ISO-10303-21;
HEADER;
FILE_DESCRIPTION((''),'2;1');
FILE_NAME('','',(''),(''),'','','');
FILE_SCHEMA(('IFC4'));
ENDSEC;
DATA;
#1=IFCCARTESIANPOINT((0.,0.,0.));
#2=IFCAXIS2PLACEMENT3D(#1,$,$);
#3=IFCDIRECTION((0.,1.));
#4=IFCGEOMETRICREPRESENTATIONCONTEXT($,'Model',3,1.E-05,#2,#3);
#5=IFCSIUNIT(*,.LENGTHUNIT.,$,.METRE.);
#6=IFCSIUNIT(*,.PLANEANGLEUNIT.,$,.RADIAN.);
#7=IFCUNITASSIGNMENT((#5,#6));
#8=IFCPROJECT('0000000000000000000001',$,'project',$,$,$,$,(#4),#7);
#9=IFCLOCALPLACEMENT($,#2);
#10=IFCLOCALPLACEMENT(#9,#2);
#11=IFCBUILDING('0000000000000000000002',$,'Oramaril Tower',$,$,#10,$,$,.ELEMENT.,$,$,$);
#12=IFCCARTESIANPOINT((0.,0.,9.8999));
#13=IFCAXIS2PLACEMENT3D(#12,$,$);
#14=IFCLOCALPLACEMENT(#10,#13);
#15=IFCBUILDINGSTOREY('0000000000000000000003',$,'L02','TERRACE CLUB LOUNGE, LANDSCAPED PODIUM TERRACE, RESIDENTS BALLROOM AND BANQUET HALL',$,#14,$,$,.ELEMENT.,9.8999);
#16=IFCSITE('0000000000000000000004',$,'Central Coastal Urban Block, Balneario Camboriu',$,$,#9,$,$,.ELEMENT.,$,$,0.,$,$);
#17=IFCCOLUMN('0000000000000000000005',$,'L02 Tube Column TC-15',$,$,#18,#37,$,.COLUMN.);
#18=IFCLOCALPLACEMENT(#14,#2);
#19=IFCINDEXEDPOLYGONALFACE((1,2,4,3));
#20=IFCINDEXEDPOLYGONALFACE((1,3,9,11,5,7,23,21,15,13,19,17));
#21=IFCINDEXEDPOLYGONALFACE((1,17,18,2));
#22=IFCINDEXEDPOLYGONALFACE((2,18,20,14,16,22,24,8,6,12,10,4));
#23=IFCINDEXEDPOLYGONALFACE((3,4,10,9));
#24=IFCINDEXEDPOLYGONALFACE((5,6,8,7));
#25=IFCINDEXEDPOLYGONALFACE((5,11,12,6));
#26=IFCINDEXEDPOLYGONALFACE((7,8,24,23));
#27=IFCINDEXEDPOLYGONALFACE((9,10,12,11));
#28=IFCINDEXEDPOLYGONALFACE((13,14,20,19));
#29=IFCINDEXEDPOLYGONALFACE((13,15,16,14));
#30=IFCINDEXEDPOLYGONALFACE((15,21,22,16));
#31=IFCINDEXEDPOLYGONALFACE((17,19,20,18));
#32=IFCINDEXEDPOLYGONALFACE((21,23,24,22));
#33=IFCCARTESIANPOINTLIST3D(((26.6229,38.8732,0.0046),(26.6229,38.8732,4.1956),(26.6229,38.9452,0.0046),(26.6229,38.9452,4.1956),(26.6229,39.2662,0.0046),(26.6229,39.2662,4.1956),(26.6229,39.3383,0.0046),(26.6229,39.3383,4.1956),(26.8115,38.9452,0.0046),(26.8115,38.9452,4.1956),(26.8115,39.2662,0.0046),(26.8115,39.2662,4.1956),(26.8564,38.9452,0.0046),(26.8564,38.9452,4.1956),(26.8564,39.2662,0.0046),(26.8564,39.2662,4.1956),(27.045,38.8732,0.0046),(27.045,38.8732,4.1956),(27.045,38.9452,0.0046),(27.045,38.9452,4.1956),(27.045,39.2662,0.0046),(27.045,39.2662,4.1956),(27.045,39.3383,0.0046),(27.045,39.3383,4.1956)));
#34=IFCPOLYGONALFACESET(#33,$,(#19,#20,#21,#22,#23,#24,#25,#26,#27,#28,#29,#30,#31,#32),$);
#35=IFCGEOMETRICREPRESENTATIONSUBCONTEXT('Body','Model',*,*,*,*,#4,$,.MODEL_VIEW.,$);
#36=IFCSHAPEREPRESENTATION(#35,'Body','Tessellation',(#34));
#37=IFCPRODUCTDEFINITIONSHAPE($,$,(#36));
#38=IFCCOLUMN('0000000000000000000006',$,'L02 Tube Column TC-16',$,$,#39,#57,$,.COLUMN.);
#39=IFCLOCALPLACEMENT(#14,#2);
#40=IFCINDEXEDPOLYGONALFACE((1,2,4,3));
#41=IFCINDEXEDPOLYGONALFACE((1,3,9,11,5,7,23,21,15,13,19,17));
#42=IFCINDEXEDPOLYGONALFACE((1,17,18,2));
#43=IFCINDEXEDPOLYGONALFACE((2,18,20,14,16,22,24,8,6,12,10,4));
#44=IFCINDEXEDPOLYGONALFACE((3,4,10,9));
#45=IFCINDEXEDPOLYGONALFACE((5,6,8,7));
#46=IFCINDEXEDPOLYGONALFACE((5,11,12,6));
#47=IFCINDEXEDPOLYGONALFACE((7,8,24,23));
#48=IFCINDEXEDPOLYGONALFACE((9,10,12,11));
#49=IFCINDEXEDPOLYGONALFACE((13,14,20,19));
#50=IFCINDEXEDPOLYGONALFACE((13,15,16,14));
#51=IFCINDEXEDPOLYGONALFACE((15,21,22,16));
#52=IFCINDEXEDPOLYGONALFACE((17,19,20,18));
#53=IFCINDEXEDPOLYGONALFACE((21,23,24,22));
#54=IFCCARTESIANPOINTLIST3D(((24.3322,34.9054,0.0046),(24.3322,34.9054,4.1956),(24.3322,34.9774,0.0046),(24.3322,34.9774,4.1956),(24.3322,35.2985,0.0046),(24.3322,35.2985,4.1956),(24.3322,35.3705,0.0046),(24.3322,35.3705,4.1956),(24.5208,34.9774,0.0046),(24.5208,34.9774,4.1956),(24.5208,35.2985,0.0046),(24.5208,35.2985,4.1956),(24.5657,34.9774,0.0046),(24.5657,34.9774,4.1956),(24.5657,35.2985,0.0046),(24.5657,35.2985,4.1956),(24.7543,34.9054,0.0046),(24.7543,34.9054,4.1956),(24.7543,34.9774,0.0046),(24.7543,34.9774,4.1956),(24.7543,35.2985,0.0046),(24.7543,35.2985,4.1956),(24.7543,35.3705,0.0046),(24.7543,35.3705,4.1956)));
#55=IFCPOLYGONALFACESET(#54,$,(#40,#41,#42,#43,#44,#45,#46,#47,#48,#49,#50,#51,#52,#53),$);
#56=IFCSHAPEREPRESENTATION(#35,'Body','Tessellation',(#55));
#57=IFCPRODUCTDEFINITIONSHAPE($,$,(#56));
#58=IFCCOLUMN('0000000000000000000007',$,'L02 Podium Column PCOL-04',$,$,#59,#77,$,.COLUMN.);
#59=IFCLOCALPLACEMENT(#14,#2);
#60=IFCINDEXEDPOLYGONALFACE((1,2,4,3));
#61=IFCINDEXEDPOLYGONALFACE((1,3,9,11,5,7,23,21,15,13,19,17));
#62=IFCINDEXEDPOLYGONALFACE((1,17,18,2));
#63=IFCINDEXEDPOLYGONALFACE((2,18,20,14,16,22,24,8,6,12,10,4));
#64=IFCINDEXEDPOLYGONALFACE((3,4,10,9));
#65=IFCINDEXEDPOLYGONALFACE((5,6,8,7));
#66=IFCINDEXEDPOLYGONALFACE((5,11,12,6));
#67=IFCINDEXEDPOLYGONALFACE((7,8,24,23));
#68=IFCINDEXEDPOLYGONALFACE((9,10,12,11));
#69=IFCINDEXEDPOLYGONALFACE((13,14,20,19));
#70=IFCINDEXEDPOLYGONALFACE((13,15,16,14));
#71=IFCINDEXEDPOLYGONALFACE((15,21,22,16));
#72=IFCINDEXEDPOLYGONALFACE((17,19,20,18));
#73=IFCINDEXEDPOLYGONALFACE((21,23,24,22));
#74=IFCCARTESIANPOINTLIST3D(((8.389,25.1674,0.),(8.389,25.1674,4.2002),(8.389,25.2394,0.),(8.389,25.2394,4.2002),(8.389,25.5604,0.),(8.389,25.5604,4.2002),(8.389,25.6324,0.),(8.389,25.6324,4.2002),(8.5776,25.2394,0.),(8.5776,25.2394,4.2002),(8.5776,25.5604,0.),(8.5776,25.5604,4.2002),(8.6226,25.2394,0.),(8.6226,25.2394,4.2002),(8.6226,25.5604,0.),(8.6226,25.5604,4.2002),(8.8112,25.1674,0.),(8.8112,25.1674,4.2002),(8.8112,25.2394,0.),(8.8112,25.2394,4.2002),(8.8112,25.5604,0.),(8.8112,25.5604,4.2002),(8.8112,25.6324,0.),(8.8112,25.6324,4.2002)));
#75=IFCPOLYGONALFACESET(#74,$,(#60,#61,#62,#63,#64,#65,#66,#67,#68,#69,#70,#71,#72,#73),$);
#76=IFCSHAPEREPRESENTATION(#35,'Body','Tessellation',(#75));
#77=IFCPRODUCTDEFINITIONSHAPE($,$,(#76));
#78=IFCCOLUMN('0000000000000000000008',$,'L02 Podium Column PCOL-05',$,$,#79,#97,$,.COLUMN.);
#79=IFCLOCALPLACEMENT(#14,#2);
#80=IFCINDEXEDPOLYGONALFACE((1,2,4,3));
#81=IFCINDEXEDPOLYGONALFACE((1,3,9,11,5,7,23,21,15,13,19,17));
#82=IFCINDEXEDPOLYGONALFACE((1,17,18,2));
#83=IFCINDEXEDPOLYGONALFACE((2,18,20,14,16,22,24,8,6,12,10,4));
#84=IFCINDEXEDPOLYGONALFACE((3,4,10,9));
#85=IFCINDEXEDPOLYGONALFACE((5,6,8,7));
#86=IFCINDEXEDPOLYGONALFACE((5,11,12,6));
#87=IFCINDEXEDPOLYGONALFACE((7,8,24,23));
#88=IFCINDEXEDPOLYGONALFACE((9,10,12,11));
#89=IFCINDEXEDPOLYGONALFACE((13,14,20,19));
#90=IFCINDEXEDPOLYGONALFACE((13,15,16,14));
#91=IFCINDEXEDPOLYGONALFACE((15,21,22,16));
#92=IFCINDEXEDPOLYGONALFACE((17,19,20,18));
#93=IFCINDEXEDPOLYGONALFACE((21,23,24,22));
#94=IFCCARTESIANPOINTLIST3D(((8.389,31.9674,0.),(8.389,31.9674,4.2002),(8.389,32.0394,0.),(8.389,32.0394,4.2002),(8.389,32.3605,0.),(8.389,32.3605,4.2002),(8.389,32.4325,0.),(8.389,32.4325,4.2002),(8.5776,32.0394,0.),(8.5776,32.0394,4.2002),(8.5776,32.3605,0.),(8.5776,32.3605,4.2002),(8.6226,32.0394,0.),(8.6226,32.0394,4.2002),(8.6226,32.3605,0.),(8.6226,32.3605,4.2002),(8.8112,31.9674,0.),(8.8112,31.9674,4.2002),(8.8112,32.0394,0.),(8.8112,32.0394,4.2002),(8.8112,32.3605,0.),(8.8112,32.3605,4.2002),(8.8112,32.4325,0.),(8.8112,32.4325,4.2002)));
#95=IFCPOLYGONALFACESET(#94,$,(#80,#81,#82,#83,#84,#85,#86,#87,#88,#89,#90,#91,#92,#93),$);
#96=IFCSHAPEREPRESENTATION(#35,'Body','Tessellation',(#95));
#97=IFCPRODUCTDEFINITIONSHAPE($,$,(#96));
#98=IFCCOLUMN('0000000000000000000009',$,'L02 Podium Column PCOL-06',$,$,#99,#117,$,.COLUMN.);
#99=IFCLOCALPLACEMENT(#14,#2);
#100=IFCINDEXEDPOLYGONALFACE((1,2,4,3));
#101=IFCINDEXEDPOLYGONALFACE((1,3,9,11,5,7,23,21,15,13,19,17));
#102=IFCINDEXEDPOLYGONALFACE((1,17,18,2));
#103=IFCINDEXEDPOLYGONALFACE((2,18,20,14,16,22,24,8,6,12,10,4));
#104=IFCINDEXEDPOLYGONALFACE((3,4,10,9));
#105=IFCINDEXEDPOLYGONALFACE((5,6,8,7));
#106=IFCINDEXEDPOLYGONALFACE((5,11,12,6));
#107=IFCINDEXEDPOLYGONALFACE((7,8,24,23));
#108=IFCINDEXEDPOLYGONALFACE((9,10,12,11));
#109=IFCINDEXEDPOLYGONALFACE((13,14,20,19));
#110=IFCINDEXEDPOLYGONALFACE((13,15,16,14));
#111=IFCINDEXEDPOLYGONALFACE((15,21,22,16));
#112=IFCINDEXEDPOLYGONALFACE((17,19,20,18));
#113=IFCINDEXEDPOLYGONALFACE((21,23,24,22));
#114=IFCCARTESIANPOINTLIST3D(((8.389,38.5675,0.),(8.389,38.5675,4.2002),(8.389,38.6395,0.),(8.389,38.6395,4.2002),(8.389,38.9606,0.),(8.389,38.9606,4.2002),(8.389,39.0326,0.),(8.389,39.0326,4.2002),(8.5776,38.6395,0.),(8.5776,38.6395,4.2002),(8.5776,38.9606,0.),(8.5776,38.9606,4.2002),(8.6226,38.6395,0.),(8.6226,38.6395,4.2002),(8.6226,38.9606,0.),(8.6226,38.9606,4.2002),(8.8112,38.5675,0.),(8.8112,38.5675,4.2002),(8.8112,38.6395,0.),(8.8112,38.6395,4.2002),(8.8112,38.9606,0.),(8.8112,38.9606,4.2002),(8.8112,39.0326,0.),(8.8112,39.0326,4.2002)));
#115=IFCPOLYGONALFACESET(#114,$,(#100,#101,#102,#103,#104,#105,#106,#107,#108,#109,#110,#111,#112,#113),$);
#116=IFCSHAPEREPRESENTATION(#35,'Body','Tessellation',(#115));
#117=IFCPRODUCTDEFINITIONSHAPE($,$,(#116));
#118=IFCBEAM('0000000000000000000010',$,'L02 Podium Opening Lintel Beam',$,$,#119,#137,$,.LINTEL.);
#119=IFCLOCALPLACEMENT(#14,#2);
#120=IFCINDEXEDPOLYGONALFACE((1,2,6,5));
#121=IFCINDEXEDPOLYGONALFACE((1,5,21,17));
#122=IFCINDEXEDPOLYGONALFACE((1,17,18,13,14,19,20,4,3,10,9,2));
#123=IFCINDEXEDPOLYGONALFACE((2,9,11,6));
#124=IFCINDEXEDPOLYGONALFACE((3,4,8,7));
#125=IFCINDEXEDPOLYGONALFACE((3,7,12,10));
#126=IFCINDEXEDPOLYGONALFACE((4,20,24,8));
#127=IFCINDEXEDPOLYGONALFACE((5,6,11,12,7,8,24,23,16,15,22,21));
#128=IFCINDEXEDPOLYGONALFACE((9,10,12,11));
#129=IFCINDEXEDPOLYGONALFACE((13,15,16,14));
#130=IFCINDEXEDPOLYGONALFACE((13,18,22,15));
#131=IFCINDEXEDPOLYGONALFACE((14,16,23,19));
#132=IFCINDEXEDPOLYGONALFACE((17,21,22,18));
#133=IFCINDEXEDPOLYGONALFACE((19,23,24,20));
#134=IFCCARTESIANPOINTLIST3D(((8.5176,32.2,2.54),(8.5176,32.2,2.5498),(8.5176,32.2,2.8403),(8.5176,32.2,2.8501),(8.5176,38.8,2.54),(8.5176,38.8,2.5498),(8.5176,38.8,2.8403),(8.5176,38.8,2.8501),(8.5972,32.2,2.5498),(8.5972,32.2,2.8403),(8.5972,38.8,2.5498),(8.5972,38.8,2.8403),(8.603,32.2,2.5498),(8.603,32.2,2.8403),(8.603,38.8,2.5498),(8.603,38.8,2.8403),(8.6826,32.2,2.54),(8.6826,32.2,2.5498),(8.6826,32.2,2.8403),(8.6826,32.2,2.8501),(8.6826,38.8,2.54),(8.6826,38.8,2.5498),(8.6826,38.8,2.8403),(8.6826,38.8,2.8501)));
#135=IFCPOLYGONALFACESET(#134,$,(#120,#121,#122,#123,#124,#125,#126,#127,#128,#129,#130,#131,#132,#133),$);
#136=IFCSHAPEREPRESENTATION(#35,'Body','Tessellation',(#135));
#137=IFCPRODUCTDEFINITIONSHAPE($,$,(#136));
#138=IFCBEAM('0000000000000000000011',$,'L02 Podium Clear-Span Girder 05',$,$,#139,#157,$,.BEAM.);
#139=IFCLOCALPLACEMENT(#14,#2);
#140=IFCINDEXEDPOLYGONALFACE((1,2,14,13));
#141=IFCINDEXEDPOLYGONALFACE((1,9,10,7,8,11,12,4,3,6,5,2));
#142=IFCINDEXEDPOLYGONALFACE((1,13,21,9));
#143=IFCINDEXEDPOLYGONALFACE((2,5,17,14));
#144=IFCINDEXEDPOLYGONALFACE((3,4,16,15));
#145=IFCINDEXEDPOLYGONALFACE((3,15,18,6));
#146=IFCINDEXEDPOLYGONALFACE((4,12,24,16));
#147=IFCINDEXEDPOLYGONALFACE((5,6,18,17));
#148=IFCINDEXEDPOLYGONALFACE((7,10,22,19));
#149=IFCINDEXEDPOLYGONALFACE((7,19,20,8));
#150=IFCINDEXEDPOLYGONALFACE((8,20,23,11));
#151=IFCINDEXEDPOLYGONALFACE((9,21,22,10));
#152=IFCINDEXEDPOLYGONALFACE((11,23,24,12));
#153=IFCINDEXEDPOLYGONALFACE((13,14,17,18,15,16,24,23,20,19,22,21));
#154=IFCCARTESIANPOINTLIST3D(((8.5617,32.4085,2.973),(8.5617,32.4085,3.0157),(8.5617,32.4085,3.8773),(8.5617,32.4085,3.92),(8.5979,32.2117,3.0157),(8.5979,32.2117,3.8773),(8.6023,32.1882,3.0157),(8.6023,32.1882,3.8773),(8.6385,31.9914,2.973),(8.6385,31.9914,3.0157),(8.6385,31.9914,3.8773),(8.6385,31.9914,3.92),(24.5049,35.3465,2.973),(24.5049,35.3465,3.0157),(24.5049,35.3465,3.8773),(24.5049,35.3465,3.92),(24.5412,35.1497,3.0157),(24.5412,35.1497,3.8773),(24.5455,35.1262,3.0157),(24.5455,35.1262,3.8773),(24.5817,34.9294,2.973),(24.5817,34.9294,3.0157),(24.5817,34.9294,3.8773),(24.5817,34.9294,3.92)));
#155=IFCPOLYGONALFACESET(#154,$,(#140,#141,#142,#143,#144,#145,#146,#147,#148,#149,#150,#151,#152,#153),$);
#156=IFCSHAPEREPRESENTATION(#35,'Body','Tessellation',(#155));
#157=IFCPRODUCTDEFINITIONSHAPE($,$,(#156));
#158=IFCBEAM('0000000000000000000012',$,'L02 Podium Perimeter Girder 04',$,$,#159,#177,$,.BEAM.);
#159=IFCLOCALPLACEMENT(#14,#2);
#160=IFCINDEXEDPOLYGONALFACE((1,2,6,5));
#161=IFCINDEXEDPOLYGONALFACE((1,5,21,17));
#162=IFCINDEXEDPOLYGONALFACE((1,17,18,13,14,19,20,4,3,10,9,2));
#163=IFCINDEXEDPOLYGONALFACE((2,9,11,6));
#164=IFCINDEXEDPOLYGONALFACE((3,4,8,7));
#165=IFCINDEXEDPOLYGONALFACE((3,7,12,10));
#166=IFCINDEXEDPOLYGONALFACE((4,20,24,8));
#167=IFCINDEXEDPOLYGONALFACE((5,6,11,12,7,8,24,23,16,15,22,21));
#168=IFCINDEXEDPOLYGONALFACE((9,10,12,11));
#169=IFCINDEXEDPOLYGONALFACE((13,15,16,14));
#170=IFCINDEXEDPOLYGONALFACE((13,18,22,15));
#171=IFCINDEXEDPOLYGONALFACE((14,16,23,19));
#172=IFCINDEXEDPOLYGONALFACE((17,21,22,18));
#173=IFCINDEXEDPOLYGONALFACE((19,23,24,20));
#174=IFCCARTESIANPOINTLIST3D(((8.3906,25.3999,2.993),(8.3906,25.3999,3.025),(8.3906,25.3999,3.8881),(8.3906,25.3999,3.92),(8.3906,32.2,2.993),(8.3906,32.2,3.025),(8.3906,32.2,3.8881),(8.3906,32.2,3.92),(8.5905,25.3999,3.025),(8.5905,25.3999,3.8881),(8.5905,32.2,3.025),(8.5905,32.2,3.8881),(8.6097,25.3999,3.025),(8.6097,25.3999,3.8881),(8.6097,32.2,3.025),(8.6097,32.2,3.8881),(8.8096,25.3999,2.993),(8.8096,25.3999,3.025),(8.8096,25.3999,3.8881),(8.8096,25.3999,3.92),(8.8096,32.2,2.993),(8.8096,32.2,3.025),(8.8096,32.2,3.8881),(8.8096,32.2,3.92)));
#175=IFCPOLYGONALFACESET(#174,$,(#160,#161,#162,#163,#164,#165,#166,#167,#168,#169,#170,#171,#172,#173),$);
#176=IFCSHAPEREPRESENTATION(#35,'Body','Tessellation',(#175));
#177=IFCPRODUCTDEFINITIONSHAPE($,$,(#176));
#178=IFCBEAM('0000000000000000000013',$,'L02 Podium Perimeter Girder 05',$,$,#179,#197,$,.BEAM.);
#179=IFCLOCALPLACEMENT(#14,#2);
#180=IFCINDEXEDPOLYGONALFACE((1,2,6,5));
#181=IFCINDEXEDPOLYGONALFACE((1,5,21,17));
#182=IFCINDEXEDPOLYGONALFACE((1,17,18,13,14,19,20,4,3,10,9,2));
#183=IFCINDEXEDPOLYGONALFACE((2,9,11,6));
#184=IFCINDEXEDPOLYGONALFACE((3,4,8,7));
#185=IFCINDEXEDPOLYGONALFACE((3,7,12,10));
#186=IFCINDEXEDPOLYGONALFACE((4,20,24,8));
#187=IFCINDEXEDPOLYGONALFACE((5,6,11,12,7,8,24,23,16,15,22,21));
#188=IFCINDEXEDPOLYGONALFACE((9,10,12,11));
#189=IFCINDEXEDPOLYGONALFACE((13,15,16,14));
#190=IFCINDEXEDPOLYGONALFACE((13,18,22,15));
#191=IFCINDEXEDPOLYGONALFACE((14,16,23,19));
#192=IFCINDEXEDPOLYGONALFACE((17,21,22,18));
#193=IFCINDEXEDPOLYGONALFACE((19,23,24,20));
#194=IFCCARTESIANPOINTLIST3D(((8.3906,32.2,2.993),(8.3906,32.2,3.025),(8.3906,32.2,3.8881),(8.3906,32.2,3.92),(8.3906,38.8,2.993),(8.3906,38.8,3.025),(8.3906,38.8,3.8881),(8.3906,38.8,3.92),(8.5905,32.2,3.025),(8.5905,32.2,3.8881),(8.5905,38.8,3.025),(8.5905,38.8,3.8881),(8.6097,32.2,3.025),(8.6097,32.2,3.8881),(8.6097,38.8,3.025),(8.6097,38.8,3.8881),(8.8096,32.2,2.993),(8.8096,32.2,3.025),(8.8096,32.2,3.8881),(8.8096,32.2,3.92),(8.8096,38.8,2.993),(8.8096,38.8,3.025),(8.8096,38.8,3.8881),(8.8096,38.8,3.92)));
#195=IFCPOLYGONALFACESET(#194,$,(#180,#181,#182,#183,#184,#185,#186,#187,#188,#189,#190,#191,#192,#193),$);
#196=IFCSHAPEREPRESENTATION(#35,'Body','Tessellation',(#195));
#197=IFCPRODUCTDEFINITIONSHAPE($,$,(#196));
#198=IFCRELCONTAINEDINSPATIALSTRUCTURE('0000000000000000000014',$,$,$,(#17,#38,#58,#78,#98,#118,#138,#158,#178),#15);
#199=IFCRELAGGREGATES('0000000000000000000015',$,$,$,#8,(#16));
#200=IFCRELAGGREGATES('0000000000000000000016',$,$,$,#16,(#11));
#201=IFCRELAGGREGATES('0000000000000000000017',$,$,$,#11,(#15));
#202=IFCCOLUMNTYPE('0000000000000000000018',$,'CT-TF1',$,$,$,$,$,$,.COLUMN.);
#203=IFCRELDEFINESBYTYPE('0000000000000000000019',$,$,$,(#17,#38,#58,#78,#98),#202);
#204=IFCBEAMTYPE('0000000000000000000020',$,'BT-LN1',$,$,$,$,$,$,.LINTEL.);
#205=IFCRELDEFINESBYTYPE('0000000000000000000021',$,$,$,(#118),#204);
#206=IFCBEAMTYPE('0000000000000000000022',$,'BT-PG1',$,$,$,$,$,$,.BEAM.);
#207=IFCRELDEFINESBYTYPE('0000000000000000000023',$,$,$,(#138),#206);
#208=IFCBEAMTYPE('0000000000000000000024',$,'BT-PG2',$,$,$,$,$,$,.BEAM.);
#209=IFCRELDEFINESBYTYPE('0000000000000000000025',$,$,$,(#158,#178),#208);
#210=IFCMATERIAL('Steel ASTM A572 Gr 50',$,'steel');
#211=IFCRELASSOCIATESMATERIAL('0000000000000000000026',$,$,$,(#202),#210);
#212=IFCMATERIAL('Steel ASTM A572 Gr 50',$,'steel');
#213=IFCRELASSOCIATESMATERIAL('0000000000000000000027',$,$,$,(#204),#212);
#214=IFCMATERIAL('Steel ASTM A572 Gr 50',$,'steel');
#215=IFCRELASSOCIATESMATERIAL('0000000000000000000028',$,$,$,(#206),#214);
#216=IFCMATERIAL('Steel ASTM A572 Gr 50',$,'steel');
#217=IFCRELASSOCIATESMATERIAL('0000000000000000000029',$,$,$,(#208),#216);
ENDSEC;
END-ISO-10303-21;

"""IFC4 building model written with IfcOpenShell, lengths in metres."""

from ifc_helpers import new_model, si_unit, direction, frame, origin, origin_2d, place, context, subcontext, project, spatial, i_section, extrude, material, material_profile, profile_set, type_object, element, save


model = new_model("IFC4")

# Units and contexts
model_context = context("Model", 3, precision=1e-05, world=origin(), true_north=direction((0.0, 1.0)))
body_context = subcontext(model_context, "Body", "Model", "MODEL_VIEW")
ifc_project = project(units=[si_unit("LENGTHUNIT", "METRE"), si_unit("PLANEANGLEUNIT", "RADIAN")], contexts=[model_context])

# Site, building, storey
site_placement = place(None, origin())
site = spatial("IfcSite", under=ifc_project, at=site_placement, Name="Central Coastal Urban Block, Balneario Camboriu", CompositionType="ELEMENT", RefElevation=0.0)
building_placement = place(site_placement, origin())
building = spatial("IfcBuilding", under=site, at=building_placement, Name="Oramaril Tower", CompositionType="ELEMENT")
storey_placement = place(building_placement, frame((0.0, 0.0, 9.8999)))
storey = spatial("IfcBuildingStorey", under=building, at=storey_placement, Name="L02", Description="TERRACE CLUB LOUNGE, LANDSCAPED PODIUM TERRACE, RESIDENTS BALLROOM AND BANQUET HALL", CompositionType="ELEMENT", Elevation=9.8999)

# Columns
ifc_material_1 = material(Name="Steel ASTM A572 Gr 50", Category="steel")
ifc_material_profile_1 = material_profile(ifc_material_1, i_section(OverallWidth=0.4221, OverallDepth=0.4651, WebThickness=0.0449, FlangeThickness=0.072, at=origin_2d()), Name="W14X398")
ifc_profile_set_1 = profile_set([ifc_material_profile_1], Name="Steel ASTM A572 Gr 50")
column_type = type_object("IfcColumnType", Name="CT-TF1", PredefinedType="COLUMN", material=ifc_profile_set_1)
for number, where, z_axis, x_axis, name in (
    (1, (26.834, 39.1057, 0.0046), (0.0, 0.0, 1.0), (1.0, 0.0, 0.0), "L02 Tube Column TC-15"),
    (2, (24.5432, 35.1379, 0.0046), (0.0, 0.0, 1.0), (1.0, 0.0, 0.0), "L02 Tube Column TC-16"),
):
    element("IfcColumn", number, at=place(storey_placement, frame(where, z_axis=z_axis, x_axis=x_axis)), inside=storey, type_object=column_type, Name=name, PredefinedType="COLUMN", context=body_context, shape_type="SweptSolid", body=[
        extrude(i_section(OverallWidth=0.4221, OverallDepth=0.4651, WebThickness=0.0449, FlangeThickness=0.072, at=origin_2d()), origin(), (0.0, 0.0, 1.0), 4.1909),
    ])
for number, where, z_axis, x_axis, name in (
    (3, (8.6001, 25.3999, 0.0), (0.0, 0.0, 1.0), (1.0, 0.0, 0.0), "L02 Podium Column PCOL-04"),
    (4, (8.6001, 32.2, 0.0), (0.0, 0.0, 1.0), (1.0, 0.0, 0.0), "L02 Podium Column PCOL-05"),
    (5, (8.6001, 38.8, 0.0), (0.0, 0.0, 1.0), (1.0, 0.0, 0.0), "L02 Podium Column PCOL-06"),
):
    element("IfcColumn", number, at=place(storey_placement, frame(where, z_axis=z_axis, x_axis=x_axis)), inside=storey, type_object=column_type, Name=name, PredefinedType="COLUMN", context=body_context, shape_type="SweptSolid", body=[
        extrude(i_section(OverallWidth=0.4221, OverallDepth=0.4651, WebThickness=0.0449, FlangeThickness=0.072, at=origin_2d()), origin(), (0.0, 0.0, 1.0), 4.2002),
    ])

# Beams
ifc_material_2 = material(Name="Steel ASTM A572 Gr 50", Category="steel")
ifc_material_profile_2 = material_profile(ifc_material_2, i_section(OverallWidth=0.165, OverallDepth=0.3101, WebThickness=0.0059, FlangeThickness=0.0098, at=origin_2d()), Name="W12X26")
ifc_profile_set_2 = profile_set([ifc_material_profile_2], Name="Steel ASTM A572 Gr 50")
beam_type_1 = type_object("IfcBeamType", Name="BT-LN1", PredefinedType="LINTEL", material=ifc_profile_set_2)
beam_1_placement = place(storey_placement, frame((8.6001, 32.2, 2.6951), z_axis=(0.0, 1.0, 0.0), x_axis=(-1.0, 0.0, 0.0)))
element("IfcBeam", 6, at=beam_1_placement, inside=storey, type_object=beam_type_1, Name="L02 Podium Opening Lintel Beam", PredefinedType="LINTEL", context=body_context, shape_type="SweptSolid", body=[
    extrude(i_section(OverallWidth=0.165, OverallDepth=0.3101, WebThickness=0.0059, FlangeThickness=0.0098, at=origin_2d()), origin(), (0.0, 0.0, 1.0), 6.6001),
])
ifc_material_3 = material(Name="Steel ASTM A572 Gr 50", Category="steel")
ifc_material_profile_3 = material_profile(ifc_material_3, i_section(OverallWidth=0.4241, OverallDepth=0.947, WebThickness=0.0239, FlangeThickness=0.0427, at=origin_2d()), Name="W36X302")
ifc_profile_set_3 = profile_set([ifc_material_profile_3], Name="Steel ASTM A572 Gr 50")
beam_type_2 = type_object("IfcBeamType", Name="BT-PG1", PredefinedType="BEAM", material=ifc_profile_set_3)
beam_2_placement = place(storey_placement, frame((8.6001, 32.2, 3.4465), z_axis=(0.983441, 0.181228, 0.0), x_axis=(-0.181228, 0.983441, 0.0)))
element("IfcBeam", 7, at=beam_2_placement, inside=storey, type_object=beam_type_2, Name="L02 Podium Clear-Span Girder 05", PredefinedType="BEAM", context=body_context, shape_type="SweptSolid", body=[
    extrude(i_section(OverallWidth=0.4241, OverallDepth=0.947, WebThickness=0.0239, FlangeThickness=0.0427, at=origin_2d()), origin(), (0.0, 0.0, 1.0), 16.2117),
])
ifc_material_4 = material(Name="Steel ASTM A572 Gr 50", Category="steel")
ifc_material_profile_4 = material_profile(ifc_material_4, i_section(OverallWidth=0.4189, OverallDepth=0.927, WebThickness=0.0193, FlangeThickness=0.032, at=origin_2d()), Name="W36X231")
ifc_profile_set_4 = profile_set([ifc_material_profile_4], Name="Steel ASTM A572 Gr 50")
beam_type_3 = type_object("IfcBeamType", Name="BT-PG2", PredefinedType="BEAM", material=ifc_profile_set_4)
beam_3_placement = place(storey_placement, frame((8.6001, 25.3999, 3.4565), z_axis=(0.0, 1.0, 0.0), x_axis=(-1.0, 0.0, 0.0)))
element("IfcBeam", 8, at=beam_3_placement, inside=storey, type_object=beam_type_3, Name="L02 Podium Perimeter Girder 04", PredefinedType="BEAM", context=body_context, shape_type="SweptSolid", body=[
    extrude(i_section(OverallWidth=0.4189, OverallDepth=0.927, WebThickness=0.0193, FlangeThickness=0.032, at=origin_2d()), origin(), (0.0, 0.0, 1.0), 6.8),
])
beam_4_placement = place(storey_placement, frame((8.6001, 32.2, 3.4565), z_axis=(0.0, 1.0, 0.0), x_axis=(-1.0, 0.0, 0.0)))
element("IfcBeam", 9, at=beam_4_placement, inside=storey, type_object=beam_type_3, Name="L02 Podium Perimeter Girder 05", PredefinedType="BEAM", context=body_context, shape_type="SweptSolid", body=[
    extrude(i_section(OverallWidth=0.4189, OverallDepth=0.927, WebThickness=0.0193, FlangeThickness=0.032, at=origin_2d()), origin(), (0.0, 0.0, 1.0), 6.6001),
])

save(model, "model.ifc")
